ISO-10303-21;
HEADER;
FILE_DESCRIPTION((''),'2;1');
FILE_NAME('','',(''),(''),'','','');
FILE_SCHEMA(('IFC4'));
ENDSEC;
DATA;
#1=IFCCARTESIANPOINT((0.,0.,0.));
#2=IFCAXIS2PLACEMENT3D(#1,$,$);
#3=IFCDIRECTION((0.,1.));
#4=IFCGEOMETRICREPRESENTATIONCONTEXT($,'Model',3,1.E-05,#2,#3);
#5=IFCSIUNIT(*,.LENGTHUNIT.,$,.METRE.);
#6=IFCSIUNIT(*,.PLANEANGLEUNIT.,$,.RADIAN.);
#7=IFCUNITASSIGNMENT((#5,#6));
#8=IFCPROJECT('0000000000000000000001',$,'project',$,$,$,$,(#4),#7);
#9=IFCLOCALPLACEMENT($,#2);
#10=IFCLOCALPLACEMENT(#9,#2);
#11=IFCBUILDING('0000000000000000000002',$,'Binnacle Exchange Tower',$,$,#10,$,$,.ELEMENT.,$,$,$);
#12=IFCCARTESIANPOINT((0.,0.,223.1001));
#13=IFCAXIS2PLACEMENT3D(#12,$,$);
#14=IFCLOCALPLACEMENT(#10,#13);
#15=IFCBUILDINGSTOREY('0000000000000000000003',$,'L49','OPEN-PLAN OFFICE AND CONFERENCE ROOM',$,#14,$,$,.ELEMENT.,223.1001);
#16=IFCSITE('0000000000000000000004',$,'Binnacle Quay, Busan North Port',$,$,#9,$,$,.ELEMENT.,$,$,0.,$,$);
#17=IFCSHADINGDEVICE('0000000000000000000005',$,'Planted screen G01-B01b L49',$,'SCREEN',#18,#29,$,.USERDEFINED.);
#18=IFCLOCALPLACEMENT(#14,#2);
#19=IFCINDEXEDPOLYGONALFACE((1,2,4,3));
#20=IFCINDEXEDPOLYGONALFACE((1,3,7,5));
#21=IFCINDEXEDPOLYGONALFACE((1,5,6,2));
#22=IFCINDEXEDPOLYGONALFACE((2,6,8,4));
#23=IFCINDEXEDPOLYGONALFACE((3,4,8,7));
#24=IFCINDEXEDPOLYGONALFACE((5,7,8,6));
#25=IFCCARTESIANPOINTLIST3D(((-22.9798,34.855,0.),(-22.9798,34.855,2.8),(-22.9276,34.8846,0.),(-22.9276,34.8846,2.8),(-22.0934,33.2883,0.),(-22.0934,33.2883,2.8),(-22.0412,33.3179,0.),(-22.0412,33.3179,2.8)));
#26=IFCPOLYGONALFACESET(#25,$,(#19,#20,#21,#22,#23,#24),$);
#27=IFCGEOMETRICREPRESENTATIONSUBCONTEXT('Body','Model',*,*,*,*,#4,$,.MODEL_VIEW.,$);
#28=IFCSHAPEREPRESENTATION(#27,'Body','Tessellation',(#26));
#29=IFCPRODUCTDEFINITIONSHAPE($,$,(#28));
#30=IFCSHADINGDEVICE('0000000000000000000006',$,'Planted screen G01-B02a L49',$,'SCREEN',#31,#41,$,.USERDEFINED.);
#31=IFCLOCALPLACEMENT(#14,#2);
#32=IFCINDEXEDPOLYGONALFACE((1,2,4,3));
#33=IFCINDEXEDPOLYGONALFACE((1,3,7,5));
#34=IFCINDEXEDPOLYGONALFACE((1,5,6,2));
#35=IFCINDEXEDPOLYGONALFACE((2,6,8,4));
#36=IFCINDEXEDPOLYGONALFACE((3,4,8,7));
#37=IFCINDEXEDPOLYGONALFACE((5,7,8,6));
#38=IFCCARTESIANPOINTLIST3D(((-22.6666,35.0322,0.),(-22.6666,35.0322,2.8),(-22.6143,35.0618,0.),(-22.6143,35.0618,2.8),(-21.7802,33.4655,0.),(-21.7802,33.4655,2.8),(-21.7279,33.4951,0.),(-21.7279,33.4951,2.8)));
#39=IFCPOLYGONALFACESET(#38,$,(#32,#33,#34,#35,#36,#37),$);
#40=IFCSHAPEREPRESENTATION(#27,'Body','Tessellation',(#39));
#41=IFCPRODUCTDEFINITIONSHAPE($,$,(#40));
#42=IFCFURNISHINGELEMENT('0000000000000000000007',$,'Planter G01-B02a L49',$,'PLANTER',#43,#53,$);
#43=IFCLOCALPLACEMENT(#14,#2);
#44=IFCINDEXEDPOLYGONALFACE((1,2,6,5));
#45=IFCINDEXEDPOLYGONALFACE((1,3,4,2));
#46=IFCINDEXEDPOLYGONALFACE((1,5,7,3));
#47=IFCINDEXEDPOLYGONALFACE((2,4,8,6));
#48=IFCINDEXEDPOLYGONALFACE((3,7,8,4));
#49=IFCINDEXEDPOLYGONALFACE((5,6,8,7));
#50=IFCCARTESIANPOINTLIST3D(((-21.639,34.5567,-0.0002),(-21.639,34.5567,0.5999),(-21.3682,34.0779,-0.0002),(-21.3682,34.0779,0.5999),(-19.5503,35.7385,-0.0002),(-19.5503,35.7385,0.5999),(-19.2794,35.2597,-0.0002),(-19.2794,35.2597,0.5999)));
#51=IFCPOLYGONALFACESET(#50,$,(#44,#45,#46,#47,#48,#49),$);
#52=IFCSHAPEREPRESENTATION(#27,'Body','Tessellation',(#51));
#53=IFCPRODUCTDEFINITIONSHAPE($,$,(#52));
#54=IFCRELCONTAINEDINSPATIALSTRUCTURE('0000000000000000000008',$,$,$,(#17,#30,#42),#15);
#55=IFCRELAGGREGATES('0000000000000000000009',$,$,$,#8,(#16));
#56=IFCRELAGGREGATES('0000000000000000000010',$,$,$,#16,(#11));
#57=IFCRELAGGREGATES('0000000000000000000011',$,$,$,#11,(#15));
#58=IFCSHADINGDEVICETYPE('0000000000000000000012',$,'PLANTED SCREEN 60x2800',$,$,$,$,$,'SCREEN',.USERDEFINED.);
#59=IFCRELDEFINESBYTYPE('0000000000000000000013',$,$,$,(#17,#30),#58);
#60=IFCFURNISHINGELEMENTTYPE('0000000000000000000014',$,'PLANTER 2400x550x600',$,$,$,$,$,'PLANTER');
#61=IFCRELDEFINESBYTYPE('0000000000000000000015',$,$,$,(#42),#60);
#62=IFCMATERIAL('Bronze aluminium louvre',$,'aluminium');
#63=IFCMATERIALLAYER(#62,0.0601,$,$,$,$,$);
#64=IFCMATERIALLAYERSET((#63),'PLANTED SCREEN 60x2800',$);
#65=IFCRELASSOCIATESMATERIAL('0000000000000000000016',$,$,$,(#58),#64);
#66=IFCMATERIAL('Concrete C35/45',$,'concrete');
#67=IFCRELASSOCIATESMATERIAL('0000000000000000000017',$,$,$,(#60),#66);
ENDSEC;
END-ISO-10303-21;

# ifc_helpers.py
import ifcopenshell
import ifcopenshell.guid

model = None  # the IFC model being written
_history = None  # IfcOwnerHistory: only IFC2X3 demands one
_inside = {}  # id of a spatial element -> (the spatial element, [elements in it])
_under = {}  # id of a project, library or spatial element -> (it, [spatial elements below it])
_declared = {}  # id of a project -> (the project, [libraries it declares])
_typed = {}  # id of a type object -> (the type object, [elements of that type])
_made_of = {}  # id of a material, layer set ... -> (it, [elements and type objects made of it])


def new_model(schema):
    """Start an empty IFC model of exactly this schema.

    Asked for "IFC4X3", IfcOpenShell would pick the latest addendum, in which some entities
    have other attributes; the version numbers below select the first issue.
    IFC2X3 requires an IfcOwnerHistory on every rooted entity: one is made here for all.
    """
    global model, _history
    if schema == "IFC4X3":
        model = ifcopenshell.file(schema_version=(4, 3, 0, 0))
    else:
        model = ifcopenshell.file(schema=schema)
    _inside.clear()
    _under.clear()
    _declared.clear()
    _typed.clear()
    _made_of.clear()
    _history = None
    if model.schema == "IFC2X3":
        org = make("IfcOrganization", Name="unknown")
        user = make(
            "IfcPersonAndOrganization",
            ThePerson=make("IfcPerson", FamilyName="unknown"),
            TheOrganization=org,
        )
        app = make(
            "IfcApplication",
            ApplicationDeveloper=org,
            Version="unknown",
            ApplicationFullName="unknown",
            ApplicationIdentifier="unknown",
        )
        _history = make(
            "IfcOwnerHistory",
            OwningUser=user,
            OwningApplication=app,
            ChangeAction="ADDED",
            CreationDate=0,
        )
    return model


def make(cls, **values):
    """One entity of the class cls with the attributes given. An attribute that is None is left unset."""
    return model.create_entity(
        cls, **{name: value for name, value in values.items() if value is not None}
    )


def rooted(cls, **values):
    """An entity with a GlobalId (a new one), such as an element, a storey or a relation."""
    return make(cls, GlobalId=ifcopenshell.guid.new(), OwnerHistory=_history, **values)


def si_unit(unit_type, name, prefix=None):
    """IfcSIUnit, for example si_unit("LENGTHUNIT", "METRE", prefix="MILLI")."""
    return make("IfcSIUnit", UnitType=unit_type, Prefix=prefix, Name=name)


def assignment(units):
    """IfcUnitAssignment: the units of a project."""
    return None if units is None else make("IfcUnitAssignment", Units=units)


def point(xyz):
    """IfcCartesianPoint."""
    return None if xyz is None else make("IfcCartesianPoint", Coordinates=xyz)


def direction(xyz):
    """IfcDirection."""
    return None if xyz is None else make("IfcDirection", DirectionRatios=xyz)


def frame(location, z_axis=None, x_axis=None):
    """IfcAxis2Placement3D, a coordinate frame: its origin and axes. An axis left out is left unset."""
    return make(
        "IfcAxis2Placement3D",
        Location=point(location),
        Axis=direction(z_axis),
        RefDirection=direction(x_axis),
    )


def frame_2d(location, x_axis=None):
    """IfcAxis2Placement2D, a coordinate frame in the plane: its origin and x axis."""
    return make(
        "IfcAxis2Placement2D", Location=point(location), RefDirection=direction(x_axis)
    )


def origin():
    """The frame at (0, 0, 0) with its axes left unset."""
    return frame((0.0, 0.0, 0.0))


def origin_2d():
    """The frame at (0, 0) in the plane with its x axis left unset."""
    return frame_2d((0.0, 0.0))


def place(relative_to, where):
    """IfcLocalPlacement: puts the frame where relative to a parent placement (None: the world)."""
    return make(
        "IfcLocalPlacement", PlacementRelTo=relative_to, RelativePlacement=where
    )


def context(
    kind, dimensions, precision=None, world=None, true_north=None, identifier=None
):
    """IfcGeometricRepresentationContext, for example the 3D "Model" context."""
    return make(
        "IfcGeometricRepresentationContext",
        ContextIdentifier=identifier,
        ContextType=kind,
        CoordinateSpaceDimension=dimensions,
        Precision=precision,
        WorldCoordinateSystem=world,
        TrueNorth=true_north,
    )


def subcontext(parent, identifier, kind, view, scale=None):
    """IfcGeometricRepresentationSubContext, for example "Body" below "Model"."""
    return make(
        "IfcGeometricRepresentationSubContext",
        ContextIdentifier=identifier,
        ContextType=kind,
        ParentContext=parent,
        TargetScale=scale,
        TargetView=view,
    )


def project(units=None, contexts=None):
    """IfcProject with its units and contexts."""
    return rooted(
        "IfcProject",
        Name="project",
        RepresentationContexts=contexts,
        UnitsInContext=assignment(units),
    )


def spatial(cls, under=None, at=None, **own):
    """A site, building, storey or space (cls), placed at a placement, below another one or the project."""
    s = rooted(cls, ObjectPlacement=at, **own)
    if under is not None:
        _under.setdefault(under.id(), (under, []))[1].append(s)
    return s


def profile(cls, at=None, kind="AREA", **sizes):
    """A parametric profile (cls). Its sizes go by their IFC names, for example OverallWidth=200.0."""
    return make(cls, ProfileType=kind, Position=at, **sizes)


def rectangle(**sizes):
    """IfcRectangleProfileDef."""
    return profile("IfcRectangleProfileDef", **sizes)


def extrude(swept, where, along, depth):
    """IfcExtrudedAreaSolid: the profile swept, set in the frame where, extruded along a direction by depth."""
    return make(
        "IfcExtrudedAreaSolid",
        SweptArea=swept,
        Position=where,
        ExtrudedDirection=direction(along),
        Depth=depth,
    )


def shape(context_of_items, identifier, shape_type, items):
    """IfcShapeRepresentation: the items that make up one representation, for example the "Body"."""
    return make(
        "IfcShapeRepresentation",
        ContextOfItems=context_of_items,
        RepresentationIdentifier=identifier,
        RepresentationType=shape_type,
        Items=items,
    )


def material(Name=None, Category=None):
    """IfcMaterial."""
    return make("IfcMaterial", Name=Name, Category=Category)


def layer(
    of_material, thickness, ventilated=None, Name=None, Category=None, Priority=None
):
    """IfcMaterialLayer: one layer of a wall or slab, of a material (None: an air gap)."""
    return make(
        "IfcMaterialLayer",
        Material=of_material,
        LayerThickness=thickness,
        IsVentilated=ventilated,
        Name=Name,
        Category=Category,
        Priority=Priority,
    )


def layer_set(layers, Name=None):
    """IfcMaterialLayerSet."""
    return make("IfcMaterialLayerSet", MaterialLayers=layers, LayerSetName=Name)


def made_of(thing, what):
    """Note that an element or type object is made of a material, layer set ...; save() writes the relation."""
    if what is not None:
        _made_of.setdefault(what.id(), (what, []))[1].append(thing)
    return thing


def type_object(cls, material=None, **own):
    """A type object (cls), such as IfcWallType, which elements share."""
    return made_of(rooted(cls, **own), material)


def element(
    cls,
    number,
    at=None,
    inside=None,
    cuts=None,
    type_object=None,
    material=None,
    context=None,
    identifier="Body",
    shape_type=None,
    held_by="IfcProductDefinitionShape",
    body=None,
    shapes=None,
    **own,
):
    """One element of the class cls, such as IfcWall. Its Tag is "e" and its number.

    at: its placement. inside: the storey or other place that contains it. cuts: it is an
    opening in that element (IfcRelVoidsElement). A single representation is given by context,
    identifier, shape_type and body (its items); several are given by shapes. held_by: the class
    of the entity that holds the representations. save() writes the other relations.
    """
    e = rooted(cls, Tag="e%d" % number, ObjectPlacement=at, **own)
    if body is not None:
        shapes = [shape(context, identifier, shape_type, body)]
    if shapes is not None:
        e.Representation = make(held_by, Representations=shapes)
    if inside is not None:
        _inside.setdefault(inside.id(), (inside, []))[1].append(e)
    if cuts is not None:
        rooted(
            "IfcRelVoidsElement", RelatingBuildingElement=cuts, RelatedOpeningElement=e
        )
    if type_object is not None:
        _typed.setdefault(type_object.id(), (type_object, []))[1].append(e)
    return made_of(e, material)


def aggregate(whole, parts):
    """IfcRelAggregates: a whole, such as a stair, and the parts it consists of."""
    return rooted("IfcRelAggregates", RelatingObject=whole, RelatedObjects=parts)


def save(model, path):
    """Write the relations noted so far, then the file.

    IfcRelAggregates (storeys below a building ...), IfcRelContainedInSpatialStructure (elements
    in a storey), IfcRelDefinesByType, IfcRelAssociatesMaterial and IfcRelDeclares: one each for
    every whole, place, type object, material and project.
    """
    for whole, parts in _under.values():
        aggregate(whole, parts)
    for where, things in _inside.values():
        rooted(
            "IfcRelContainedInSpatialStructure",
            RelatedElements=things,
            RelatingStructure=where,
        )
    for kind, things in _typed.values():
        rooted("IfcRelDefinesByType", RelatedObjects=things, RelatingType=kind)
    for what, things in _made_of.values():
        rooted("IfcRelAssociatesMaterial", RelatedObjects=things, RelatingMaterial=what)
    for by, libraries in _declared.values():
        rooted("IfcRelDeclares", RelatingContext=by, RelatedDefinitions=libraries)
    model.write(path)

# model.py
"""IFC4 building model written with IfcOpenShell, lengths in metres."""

from ifc_helpers import new_model, si_unit, direction, frame, origin, origin_2d, place, context, subcontext, project, spatial, rectangle, extrude, material, layer, layer_set, type_object, element, save


model = new_model("IFC4")

# Units and contexts
model_context = context("Model", 3, precision=1e-05, world=origin(), true_north=direction((0.0, 1.0)))
body_context = subcontext(model_context, "Body", "Model", "MODEL_VIEW")
ifc_project = project(units=[si_unit("LENGTHUNIT", "METRE"), si_unit("PLANEANGLEUNIT", "RADIAN")], contexts=[model_context])

# Site, building, storey
site_placement = place(None, origin())
site = spatial("IfcSite", under=ifc_project, at=site_placement, Name="Binnacle Quay, Busan North Port", CompositionType="ELEMENT", RefElevation=0.0)
building_placement = place(site_placement, origin())
building = spatial("IfcBuilding", under=site, at=building_placement, Name="Binnacle Exchange Tower", CompositionType="ELEMENT")
storey_placement = place(building_placement, frame((0.0, 0.0, 223.1001)))
storey = spatial("IfcBuildingStorey", under=building, at=storey_placement, Name="L49", Description="OPEN-PLAN OFFICE AND CONFERENCE ROOM", CompositionType="ELEMENT", Elevation=223.1001)

# Shading devices
ifc_material_1 = material(Name="Bronze aluminium louvre", Category="aluminium")
ifc_layer_1 = layer(ifc_material_1, 0.0601)
ifc_layer_set_1 = layer_set([ifc_layer_1], Name="PLANTED SCREEN 60x2800")
shading_device_type = type_object("IfcShadingDeviceType", Name="PLANTED SCREEN 60x2800", ElementType="SCREEN", PredefinedType="USERDEFINED", material=ifc_layer_set_1)
for number, where, z_axis, x_axis, name in (
    (1, (-22.5105, 34.0864, 0.0), (0.0, 0.0, 1.0), (0.870356, 0.492424, 0.0), "Planted screen G01-B01b L49"),
    (2, (-22.1973, 34.2637, 0.0), (0.0, 0.0, 1.0), (0.870356, 0.492424, 0.0), "Planted screen G01-B02a L49"),
):
    element("IfcShadingDevice", number, at=place(storey_placement, frame(where, z_axis=z_axis, x_axis=x_axis)), inside=storey, type_object=shading_device_type, Name=name, ObjectType="SCREEN", PredefinedType="USERDEFINED", context=body_context, shape_type="SweptSolid", body=[
        extrude(rectangle(XDim=0.0601, YDim=1.8, at=origin_2d()), origin(), (0.0, 0.0, 1.0), 2.8),
    ])

# Furnishing element
ifc_material_2 = material(Name="Concrete C35/45", Category="concrete")
furnishing_element_type = type_object("IfcFurnishingElementType", Name="PLANTER 2400x550x600", ElementType="PLANTER", material=ifc_material_2)
furnishing_placement = place(storey_placement, frame((-20.4592, 34.9082, -0.0002), z_axis=(0.0, 0.0, 1.0), x_axis=(0.870356, 0.492424, 0.0)))
element("IfcFurnishingElement", 3, at=furnishing_placement, inside=storey, type_object=furnishing_element_type, Name="Planter G01-B02a L49", ObjectType="PLANTER", context=body_context, shape_type="SweptSolid", body=[
    extrude(rectangle(XDim=2.3999, YDim=0.55, at=origin_2d()), origin(), (0.0, 0.0, 1.0), 0.6001),
])

save(model, "model.ifc")
